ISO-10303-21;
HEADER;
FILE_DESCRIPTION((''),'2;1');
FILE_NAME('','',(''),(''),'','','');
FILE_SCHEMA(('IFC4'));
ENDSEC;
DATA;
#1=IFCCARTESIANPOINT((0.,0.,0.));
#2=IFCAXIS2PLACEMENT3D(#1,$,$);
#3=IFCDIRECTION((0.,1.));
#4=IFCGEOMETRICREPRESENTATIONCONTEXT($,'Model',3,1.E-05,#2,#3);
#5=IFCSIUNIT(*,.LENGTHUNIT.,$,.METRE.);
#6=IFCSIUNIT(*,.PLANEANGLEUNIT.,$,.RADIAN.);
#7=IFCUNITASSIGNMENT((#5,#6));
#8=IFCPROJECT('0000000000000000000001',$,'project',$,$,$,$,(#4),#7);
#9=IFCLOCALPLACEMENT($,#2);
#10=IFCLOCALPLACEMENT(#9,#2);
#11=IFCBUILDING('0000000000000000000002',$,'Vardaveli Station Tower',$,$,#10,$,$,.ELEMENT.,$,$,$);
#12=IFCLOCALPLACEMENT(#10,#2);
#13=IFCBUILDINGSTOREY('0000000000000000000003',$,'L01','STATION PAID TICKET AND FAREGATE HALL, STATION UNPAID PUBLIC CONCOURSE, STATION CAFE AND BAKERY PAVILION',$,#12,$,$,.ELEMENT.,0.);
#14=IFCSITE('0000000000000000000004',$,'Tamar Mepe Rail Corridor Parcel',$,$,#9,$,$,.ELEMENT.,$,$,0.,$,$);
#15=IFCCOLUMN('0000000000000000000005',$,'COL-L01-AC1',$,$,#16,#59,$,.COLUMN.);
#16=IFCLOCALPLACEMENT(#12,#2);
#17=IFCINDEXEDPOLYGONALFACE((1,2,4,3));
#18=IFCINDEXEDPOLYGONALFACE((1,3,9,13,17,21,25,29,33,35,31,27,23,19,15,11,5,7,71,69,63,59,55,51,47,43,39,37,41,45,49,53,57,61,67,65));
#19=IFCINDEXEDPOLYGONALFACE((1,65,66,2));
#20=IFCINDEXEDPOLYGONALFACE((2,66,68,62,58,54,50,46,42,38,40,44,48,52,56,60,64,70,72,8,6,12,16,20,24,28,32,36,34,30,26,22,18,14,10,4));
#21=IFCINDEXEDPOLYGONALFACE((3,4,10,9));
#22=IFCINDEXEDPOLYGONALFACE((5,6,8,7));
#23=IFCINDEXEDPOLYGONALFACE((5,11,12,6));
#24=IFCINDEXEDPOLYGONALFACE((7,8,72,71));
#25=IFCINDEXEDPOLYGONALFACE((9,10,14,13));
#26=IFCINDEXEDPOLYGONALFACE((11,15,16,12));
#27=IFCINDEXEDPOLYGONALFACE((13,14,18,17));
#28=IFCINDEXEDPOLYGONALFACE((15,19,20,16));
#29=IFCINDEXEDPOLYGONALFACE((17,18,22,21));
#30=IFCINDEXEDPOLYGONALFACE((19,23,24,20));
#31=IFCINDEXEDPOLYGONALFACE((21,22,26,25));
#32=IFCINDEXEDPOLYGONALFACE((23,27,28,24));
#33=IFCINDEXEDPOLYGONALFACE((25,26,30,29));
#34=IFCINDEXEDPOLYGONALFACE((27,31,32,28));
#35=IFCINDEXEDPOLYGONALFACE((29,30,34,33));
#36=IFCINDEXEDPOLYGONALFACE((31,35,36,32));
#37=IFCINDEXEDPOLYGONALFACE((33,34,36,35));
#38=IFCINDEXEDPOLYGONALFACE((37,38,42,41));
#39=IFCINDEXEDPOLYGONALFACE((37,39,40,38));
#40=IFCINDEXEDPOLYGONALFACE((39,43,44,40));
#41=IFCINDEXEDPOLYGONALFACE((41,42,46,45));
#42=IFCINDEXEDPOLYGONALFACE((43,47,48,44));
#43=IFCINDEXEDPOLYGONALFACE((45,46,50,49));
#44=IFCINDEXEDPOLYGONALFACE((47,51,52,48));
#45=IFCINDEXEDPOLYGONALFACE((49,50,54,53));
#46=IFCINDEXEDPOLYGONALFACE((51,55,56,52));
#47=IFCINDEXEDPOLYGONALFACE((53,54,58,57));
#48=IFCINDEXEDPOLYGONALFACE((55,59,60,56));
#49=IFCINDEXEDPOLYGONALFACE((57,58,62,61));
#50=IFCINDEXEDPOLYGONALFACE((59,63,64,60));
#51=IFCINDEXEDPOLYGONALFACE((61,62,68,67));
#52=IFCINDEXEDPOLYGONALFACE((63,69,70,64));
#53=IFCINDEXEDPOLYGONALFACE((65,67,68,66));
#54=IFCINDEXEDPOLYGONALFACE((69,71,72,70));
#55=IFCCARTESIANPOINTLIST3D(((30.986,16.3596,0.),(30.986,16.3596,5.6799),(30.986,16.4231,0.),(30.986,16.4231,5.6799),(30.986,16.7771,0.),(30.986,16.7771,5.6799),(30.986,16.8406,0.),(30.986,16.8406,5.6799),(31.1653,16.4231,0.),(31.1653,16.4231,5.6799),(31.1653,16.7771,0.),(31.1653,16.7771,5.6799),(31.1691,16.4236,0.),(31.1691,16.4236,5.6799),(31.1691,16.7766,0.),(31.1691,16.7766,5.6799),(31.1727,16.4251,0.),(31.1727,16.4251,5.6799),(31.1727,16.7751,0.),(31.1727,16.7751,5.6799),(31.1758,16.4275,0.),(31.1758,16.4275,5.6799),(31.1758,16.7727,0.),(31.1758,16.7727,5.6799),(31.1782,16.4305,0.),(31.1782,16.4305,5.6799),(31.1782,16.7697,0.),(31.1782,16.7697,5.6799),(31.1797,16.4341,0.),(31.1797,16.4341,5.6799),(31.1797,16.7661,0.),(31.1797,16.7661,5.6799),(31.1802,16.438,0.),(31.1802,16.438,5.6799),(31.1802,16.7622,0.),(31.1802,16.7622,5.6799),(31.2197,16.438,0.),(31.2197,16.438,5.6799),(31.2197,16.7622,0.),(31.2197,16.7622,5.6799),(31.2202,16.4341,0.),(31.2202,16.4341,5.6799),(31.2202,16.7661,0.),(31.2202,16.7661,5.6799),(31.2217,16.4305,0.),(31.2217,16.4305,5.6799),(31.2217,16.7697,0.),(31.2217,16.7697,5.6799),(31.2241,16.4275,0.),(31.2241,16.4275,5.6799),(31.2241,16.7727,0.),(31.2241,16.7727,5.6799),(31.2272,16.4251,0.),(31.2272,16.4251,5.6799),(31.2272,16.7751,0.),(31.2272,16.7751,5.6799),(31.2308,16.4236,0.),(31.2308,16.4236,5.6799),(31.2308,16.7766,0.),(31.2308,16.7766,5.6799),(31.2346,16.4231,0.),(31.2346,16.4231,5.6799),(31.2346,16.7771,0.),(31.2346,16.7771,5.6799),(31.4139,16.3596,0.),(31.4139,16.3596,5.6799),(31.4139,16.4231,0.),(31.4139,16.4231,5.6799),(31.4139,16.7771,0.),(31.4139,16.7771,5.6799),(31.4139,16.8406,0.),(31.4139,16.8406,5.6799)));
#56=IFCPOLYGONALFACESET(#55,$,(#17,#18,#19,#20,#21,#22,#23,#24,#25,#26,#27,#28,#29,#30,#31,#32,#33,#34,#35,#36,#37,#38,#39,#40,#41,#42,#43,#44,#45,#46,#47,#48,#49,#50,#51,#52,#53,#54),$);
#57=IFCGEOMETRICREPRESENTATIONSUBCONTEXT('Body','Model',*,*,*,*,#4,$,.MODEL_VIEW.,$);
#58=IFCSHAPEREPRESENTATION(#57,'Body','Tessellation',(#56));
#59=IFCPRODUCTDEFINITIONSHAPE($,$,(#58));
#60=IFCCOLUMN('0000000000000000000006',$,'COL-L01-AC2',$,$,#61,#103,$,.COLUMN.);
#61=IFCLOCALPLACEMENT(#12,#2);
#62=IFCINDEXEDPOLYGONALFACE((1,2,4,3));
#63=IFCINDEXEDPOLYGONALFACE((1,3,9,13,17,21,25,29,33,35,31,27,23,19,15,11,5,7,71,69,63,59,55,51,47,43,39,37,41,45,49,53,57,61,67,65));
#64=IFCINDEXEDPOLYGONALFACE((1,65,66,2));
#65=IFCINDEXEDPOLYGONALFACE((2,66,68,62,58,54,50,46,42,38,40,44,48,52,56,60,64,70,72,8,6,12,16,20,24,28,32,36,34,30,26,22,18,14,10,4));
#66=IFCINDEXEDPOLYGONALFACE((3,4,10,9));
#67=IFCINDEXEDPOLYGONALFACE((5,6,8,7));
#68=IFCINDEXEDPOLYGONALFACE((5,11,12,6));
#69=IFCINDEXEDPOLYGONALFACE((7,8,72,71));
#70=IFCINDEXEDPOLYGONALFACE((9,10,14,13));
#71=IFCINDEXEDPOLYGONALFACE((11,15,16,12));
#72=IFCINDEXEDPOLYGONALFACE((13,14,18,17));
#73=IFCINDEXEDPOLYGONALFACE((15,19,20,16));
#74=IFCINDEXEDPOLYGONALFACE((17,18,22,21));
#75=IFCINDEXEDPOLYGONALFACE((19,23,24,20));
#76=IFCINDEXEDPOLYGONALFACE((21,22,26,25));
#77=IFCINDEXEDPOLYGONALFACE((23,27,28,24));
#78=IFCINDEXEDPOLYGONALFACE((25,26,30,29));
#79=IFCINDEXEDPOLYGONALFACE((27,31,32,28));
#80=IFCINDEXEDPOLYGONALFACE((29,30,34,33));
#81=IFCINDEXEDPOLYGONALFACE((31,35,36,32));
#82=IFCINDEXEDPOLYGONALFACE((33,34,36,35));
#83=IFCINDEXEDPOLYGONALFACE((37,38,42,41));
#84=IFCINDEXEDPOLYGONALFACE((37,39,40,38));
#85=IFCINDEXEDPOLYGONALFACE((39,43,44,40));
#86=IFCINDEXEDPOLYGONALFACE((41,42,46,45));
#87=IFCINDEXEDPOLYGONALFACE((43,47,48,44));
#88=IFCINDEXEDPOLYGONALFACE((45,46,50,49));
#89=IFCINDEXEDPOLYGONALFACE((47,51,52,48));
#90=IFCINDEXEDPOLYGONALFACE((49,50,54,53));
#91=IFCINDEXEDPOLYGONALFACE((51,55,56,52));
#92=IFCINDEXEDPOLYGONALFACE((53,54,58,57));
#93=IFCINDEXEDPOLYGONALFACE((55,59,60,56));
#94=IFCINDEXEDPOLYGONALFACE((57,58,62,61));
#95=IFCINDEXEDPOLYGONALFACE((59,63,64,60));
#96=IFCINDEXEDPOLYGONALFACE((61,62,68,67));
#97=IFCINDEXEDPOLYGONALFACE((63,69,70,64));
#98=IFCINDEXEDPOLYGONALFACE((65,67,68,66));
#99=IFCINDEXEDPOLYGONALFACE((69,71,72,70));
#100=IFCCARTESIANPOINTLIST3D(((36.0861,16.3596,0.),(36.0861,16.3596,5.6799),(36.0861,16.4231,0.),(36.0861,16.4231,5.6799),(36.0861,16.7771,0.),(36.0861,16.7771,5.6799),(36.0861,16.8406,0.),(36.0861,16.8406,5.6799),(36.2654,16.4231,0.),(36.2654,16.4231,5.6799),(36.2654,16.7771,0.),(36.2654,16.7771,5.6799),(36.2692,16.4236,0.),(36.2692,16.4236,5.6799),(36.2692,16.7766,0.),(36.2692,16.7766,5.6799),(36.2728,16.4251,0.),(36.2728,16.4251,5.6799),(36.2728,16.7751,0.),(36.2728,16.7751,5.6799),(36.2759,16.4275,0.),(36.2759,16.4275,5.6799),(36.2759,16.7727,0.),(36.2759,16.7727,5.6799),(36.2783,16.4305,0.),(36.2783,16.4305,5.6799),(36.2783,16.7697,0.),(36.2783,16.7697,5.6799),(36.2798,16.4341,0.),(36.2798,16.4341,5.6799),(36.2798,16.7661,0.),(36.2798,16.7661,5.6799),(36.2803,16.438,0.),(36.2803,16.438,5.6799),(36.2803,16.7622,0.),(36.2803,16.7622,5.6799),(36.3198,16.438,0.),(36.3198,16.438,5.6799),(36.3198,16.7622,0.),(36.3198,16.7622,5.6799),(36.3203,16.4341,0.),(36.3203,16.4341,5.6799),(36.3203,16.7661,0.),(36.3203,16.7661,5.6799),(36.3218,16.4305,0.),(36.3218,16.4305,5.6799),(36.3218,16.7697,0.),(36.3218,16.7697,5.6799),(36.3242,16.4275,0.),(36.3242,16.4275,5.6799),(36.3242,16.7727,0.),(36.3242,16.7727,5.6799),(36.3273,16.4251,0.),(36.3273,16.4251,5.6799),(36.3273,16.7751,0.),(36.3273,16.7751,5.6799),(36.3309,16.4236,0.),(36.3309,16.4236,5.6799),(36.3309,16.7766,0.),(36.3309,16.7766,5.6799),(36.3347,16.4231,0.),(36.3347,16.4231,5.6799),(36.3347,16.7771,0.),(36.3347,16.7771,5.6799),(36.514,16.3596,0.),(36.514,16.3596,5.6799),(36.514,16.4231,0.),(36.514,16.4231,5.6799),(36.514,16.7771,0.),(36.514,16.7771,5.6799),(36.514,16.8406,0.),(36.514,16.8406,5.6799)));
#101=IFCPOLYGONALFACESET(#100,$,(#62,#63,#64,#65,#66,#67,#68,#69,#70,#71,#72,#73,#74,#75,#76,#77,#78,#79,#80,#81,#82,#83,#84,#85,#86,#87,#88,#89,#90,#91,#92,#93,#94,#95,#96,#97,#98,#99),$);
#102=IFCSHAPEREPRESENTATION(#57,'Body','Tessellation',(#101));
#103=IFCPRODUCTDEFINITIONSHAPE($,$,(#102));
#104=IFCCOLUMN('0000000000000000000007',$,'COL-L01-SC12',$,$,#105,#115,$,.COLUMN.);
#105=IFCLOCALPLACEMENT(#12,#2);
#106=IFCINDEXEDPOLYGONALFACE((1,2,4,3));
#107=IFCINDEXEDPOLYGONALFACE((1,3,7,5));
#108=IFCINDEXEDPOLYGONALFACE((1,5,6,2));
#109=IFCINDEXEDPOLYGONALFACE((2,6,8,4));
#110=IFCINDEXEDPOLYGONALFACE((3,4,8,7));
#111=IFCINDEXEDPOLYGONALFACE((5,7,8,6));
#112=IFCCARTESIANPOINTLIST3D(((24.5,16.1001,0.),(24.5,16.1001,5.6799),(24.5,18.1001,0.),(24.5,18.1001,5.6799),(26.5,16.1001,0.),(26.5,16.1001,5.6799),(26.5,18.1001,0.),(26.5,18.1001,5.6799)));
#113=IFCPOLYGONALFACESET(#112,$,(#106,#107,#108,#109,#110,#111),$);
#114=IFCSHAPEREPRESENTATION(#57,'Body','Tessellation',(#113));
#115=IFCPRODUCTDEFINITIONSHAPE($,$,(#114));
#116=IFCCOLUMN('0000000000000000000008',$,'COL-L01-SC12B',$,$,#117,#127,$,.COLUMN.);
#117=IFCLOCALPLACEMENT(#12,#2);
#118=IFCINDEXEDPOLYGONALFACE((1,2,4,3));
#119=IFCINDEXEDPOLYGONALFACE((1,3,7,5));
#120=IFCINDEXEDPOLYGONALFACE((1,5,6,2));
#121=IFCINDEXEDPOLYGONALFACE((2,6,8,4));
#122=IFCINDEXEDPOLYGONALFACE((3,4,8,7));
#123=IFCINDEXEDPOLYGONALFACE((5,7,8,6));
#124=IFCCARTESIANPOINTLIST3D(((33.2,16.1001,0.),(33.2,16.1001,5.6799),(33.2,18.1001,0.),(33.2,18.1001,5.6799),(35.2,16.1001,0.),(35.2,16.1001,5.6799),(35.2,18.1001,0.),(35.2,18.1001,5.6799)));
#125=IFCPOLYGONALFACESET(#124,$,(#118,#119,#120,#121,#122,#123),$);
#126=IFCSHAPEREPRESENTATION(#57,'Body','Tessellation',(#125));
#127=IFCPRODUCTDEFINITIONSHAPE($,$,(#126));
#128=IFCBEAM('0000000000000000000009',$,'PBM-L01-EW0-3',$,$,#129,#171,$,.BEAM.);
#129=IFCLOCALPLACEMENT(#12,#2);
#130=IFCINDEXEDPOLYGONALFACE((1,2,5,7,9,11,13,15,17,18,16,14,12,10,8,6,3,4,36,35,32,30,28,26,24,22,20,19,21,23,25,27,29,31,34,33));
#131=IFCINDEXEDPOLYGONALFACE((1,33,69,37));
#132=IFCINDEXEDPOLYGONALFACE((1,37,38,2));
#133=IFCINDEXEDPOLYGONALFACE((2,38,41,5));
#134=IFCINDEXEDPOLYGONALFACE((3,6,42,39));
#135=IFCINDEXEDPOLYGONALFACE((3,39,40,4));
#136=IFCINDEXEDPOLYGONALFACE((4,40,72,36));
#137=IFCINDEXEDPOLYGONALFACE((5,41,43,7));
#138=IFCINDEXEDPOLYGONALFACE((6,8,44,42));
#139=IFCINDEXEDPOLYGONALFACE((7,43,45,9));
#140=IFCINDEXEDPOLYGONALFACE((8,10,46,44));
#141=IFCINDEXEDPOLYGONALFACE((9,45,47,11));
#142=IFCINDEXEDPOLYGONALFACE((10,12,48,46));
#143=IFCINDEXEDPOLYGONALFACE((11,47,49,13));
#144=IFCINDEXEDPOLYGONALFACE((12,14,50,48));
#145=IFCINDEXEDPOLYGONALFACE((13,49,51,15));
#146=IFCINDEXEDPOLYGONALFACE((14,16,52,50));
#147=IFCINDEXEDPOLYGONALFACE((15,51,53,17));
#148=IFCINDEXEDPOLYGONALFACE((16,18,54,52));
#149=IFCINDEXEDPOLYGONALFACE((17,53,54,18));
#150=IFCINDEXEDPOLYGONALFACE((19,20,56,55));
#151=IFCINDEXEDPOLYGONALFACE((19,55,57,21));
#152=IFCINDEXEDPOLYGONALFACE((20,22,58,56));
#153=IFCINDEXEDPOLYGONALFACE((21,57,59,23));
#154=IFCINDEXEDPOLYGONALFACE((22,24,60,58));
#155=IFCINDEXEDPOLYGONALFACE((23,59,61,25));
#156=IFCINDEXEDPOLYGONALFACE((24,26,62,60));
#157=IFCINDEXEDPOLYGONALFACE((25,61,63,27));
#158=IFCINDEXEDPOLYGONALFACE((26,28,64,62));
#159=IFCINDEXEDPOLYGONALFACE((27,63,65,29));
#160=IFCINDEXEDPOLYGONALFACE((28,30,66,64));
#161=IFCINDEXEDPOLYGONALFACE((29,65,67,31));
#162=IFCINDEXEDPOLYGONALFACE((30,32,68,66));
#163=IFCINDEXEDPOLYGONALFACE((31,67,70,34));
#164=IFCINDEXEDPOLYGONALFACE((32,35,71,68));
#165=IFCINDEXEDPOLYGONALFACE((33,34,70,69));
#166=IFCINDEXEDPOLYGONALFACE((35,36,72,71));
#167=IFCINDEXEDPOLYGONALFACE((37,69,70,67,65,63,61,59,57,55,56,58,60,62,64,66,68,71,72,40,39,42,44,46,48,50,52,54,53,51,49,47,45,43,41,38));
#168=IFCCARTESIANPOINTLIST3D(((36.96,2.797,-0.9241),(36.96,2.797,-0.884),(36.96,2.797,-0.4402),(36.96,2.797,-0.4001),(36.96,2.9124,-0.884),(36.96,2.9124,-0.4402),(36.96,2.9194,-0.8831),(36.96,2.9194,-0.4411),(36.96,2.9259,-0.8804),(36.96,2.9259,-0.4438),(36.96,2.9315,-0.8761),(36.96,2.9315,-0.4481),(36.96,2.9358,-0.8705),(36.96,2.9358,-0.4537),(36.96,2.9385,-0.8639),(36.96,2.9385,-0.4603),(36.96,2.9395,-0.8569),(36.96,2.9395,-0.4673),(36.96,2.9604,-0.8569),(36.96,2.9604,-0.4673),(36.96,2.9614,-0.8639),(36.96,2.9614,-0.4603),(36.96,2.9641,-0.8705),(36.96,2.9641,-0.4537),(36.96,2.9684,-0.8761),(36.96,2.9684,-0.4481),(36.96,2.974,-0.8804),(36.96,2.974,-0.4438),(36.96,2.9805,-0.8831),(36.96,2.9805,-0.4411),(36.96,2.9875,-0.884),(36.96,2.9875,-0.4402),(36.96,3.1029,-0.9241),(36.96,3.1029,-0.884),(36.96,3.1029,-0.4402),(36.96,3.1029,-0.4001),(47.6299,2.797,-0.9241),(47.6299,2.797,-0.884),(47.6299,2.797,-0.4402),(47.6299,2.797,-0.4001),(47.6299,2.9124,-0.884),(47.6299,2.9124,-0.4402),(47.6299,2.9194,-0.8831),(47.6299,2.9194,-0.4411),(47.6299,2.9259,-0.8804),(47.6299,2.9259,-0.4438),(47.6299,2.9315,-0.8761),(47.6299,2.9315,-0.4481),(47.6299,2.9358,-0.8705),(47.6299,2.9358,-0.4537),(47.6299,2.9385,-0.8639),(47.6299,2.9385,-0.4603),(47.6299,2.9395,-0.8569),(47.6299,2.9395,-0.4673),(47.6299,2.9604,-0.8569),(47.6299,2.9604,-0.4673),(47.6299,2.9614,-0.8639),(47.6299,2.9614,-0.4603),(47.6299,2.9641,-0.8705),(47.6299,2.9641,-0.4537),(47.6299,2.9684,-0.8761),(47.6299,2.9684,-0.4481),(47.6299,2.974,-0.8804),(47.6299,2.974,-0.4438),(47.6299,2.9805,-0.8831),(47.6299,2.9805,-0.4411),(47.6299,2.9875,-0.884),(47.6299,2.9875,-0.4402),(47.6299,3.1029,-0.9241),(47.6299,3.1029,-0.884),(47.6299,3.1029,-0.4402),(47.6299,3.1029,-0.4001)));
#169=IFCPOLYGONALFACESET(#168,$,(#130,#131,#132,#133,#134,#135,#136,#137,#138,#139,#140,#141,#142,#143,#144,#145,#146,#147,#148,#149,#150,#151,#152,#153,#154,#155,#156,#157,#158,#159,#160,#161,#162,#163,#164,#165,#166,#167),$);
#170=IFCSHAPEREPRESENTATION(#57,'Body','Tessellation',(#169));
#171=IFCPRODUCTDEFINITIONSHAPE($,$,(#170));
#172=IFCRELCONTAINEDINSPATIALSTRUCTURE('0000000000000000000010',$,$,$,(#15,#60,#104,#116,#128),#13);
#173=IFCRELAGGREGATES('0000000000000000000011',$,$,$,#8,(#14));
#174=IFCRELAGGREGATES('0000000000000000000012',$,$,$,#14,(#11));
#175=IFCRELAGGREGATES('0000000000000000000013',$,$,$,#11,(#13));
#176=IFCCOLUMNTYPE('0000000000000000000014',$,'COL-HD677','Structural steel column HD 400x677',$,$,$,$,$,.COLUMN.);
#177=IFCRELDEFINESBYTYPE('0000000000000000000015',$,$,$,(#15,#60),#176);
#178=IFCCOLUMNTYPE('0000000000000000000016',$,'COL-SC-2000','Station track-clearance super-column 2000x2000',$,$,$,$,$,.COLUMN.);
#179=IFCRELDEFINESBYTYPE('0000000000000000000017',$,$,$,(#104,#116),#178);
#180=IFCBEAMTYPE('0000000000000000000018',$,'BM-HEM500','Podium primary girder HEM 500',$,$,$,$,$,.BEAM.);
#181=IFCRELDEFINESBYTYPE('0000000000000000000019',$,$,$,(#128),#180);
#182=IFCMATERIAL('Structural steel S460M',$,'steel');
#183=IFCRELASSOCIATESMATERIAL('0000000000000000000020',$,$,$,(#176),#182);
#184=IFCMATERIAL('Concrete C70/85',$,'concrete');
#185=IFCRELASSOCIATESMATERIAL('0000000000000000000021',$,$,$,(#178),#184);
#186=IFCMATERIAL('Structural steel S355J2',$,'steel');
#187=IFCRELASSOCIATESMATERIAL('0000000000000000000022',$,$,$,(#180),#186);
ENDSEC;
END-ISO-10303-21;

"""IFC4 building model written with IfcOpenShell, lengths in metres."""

from ifc_helpers import new_model, si_unit, direction, frame, origin, origin_2d, place, context, subcontext, project, spatial, rectangle, i_section, extrude, source, transform, mapped, material, material_profile, profile_set, type_object, element, save


model = new_model("IFC4")

# Units and contexts
model_context = context("Model", 3, precision=1e-05, world=origin(), true_north=direction((0.0, 1.0)))
body_context = subcontext(model_context, "Body", "Model", "MODEL_VIEW")
ifc_project = project(units=[si_unit("LENGTHUNIT", "METRE"), si_unit("PLANEANGLEUNIT", "RADIAN")], contexts=[model_context])

# Site, building, storey
site_placement = place(None, origin())
site = spatial("IfcSite", under=ifc_project, at=site_placement, Name="Tamar Mepe Rail Corridor Parcel", CompositionType="ELEMENT", RefElevation=0.0)
building_placement = place(site_placement, origin())
building = spatial("IfcBuilding", under=site, at=building_placement, Name="Vardaveli Station Tower", CompositionType="ELEMENT")
storey_placement = place(building_placement, origin())
storey = spatial("IfcBuildingStorey", under=building, at=storey_placement, Name="L01", Description="STATION PAID TICKET AND FAREGATE HALL, STATION UNPAID PUBLIC CONCOURSE, STATION CAFE AND BAKERY PAVILION", CompositionType="ELEMENT", Elevation=0.0)

# Columns
ifc_material_1 = material(Name="Structural steel S460M", Category="steel")
ifc_material_profile_1 = material_profile(ifc_material_1, i_section(OverallWidth=0.428, OverallDepth=0.481, WebThickness=0.0396, FlangeThickness=0.0635, FilletRadius=0.0149, at=origin_2d()), Name="HD 400x677")
ifc_profile_set_1 = profile_set([ifc_material_profile_1], Name="Structural steel S460M")
column_type_1 = type_object("IfcColumnType", Name="COL-HD677", Description="Structural steel column HD 400x677", PredefinedType="COLUMN", material=ifc_profile_set_1)
shared_shape_1 = source(origin(), body_context, "Body", "SweptSolid", [
    extrude(i_section(OverallWidth=0.428, OverallDepth=0.481, WebThickness=0.0396, FlangeThickness=0.0635, FilletRadius=0.0149, at=origin_2d()), origin(), (0.0, 0.0, 1.0), 5.6799),
])
for number, where, z_axis, x_axis, name in (
    (1, (31.2, 16.6001, 0.0), (0.0, 0.0, 1.0), (1.0, 0.0, 0.0), "COL-L01-AC1"),
    (2, (36.3, 16.6001, 0.0), (0.0, 0.0, 1.0), (1.0, 0.0, 0.0), "COL-L01-AC2"),
):
    element("IfcColumn", number, at=place(storey_placement, frame(where, z_axis=z_axis, x_axis=x_axis)), inside=storey, type_object=column_type_1, Name=name, PredefinedType="COLUMN", context=body_context, shape_type="MappedRepresentation", body=[
        mapped(shared_shape_1, transform((0.0, 0.0, 0.0), scale=1.0)),
    ])
ifc_material_2 = material(Name="Concrete C70/85", Category="concrete")
ifc_material_profile_2 = material_profile(ifc_material_2, rectangle(XDim=2.0, YDim=2.0, at=origin_2d()), Name="SC 2000x2000")
ifc_profile_set_2 = profile_set([ifc_material_profile_2], Name="Concrete C70/85")
column_type_2 = type_object("IfcColumnType", Name="COL-SC-2000", Description="Station track-clearance super-column 2000x2000", PredefinedType="COLUMN", material=ifc_profile_set_2)
shared_shape_2 = source(origin(), body_context, "Body", "SweptSolid", [
    extrude(rectangle(XDim=2.0, YDim=2.0, at=origin_2d()), origin(), (0.0, 0.0, 1.0), 5.6799),
])
for number, where, z_axis, x_axis, name in (
    (3, (25.5, 17.1001, 0.0), (0.0, 0.0, 1.0), (1.0, 0.0, 0.0), "COL-L01-SC12"),
    (4, (34.2, 17.1001, 0.0), (0.0, 0.0, 1.0), (1.0, 0.0, 0.0), "COL-L01-SC12B"),
):
    element("IfcColumn", number, at=place(storey_placement, frame(where, z_axis=z_axis, x_axis=x_axis)), inside=storey, type_object=column_type_2, Name=name, PredefinedType="COLUMN", context=body_context, shape_type="MappedRepresentation", body=[
        mapped(shared_shape_2, transform((0.0, 0.0, 0.0), scale=1.0)),
    ])

# Beam
ifc_material_3 = material(Name="Structural steel S355J2", Category="steel")
ifc_material_profile_3 = material_profile(ifc_material_3, i_section(OverallWidth=0.3059, OverallDepth=0.5239, WebThickness=0.021, FlangeThickness=0.04, FilletRadius=0.0271, at=origin_2d()), Name="HEM 500")
ifc_profile_set_3 = profile_set([ifc_material_profile_3], Name="Structural steel S355J2")
beam_type = type_object("IfcBeamType", Name="BM-HEM500", Description="Podium primary girder HEM 500", PredefinedType="BEAM", material=ifc_profile_set_3)
shared_shape_3 = source(origin(), body_context, "Body", "SweptSolid", [
    extrude(i_section(OverallWidth=0.3059, OverallDepth=0.5239, WebThickness=0.021, FlangeThickness=0.04, FilletRadius=0.0271, at=origin_2d()), origin(), (0.0, 0.0, 1.0), 10.6699),
])
beam_1_placement = place(storey_placement, frame((36.96, 2.95, -0.6621), z_axis=(1.0, 0.0, 0.0), x_axis=(0.0, 1.0, 0.0)))
element("IfcBeam", 5, at=beam_1_placement, inside=storey, type_object=beam_type, Name="PBM-L01-EW0-3", PredefinedType="BEAM", context=body_context, shape_type="MappedRepresentation", body=[
    mapped(shared_shape_3, transform((0.0, 0.0, 0.0), scale=1.0)),
])

save(model, "model.ifc")
